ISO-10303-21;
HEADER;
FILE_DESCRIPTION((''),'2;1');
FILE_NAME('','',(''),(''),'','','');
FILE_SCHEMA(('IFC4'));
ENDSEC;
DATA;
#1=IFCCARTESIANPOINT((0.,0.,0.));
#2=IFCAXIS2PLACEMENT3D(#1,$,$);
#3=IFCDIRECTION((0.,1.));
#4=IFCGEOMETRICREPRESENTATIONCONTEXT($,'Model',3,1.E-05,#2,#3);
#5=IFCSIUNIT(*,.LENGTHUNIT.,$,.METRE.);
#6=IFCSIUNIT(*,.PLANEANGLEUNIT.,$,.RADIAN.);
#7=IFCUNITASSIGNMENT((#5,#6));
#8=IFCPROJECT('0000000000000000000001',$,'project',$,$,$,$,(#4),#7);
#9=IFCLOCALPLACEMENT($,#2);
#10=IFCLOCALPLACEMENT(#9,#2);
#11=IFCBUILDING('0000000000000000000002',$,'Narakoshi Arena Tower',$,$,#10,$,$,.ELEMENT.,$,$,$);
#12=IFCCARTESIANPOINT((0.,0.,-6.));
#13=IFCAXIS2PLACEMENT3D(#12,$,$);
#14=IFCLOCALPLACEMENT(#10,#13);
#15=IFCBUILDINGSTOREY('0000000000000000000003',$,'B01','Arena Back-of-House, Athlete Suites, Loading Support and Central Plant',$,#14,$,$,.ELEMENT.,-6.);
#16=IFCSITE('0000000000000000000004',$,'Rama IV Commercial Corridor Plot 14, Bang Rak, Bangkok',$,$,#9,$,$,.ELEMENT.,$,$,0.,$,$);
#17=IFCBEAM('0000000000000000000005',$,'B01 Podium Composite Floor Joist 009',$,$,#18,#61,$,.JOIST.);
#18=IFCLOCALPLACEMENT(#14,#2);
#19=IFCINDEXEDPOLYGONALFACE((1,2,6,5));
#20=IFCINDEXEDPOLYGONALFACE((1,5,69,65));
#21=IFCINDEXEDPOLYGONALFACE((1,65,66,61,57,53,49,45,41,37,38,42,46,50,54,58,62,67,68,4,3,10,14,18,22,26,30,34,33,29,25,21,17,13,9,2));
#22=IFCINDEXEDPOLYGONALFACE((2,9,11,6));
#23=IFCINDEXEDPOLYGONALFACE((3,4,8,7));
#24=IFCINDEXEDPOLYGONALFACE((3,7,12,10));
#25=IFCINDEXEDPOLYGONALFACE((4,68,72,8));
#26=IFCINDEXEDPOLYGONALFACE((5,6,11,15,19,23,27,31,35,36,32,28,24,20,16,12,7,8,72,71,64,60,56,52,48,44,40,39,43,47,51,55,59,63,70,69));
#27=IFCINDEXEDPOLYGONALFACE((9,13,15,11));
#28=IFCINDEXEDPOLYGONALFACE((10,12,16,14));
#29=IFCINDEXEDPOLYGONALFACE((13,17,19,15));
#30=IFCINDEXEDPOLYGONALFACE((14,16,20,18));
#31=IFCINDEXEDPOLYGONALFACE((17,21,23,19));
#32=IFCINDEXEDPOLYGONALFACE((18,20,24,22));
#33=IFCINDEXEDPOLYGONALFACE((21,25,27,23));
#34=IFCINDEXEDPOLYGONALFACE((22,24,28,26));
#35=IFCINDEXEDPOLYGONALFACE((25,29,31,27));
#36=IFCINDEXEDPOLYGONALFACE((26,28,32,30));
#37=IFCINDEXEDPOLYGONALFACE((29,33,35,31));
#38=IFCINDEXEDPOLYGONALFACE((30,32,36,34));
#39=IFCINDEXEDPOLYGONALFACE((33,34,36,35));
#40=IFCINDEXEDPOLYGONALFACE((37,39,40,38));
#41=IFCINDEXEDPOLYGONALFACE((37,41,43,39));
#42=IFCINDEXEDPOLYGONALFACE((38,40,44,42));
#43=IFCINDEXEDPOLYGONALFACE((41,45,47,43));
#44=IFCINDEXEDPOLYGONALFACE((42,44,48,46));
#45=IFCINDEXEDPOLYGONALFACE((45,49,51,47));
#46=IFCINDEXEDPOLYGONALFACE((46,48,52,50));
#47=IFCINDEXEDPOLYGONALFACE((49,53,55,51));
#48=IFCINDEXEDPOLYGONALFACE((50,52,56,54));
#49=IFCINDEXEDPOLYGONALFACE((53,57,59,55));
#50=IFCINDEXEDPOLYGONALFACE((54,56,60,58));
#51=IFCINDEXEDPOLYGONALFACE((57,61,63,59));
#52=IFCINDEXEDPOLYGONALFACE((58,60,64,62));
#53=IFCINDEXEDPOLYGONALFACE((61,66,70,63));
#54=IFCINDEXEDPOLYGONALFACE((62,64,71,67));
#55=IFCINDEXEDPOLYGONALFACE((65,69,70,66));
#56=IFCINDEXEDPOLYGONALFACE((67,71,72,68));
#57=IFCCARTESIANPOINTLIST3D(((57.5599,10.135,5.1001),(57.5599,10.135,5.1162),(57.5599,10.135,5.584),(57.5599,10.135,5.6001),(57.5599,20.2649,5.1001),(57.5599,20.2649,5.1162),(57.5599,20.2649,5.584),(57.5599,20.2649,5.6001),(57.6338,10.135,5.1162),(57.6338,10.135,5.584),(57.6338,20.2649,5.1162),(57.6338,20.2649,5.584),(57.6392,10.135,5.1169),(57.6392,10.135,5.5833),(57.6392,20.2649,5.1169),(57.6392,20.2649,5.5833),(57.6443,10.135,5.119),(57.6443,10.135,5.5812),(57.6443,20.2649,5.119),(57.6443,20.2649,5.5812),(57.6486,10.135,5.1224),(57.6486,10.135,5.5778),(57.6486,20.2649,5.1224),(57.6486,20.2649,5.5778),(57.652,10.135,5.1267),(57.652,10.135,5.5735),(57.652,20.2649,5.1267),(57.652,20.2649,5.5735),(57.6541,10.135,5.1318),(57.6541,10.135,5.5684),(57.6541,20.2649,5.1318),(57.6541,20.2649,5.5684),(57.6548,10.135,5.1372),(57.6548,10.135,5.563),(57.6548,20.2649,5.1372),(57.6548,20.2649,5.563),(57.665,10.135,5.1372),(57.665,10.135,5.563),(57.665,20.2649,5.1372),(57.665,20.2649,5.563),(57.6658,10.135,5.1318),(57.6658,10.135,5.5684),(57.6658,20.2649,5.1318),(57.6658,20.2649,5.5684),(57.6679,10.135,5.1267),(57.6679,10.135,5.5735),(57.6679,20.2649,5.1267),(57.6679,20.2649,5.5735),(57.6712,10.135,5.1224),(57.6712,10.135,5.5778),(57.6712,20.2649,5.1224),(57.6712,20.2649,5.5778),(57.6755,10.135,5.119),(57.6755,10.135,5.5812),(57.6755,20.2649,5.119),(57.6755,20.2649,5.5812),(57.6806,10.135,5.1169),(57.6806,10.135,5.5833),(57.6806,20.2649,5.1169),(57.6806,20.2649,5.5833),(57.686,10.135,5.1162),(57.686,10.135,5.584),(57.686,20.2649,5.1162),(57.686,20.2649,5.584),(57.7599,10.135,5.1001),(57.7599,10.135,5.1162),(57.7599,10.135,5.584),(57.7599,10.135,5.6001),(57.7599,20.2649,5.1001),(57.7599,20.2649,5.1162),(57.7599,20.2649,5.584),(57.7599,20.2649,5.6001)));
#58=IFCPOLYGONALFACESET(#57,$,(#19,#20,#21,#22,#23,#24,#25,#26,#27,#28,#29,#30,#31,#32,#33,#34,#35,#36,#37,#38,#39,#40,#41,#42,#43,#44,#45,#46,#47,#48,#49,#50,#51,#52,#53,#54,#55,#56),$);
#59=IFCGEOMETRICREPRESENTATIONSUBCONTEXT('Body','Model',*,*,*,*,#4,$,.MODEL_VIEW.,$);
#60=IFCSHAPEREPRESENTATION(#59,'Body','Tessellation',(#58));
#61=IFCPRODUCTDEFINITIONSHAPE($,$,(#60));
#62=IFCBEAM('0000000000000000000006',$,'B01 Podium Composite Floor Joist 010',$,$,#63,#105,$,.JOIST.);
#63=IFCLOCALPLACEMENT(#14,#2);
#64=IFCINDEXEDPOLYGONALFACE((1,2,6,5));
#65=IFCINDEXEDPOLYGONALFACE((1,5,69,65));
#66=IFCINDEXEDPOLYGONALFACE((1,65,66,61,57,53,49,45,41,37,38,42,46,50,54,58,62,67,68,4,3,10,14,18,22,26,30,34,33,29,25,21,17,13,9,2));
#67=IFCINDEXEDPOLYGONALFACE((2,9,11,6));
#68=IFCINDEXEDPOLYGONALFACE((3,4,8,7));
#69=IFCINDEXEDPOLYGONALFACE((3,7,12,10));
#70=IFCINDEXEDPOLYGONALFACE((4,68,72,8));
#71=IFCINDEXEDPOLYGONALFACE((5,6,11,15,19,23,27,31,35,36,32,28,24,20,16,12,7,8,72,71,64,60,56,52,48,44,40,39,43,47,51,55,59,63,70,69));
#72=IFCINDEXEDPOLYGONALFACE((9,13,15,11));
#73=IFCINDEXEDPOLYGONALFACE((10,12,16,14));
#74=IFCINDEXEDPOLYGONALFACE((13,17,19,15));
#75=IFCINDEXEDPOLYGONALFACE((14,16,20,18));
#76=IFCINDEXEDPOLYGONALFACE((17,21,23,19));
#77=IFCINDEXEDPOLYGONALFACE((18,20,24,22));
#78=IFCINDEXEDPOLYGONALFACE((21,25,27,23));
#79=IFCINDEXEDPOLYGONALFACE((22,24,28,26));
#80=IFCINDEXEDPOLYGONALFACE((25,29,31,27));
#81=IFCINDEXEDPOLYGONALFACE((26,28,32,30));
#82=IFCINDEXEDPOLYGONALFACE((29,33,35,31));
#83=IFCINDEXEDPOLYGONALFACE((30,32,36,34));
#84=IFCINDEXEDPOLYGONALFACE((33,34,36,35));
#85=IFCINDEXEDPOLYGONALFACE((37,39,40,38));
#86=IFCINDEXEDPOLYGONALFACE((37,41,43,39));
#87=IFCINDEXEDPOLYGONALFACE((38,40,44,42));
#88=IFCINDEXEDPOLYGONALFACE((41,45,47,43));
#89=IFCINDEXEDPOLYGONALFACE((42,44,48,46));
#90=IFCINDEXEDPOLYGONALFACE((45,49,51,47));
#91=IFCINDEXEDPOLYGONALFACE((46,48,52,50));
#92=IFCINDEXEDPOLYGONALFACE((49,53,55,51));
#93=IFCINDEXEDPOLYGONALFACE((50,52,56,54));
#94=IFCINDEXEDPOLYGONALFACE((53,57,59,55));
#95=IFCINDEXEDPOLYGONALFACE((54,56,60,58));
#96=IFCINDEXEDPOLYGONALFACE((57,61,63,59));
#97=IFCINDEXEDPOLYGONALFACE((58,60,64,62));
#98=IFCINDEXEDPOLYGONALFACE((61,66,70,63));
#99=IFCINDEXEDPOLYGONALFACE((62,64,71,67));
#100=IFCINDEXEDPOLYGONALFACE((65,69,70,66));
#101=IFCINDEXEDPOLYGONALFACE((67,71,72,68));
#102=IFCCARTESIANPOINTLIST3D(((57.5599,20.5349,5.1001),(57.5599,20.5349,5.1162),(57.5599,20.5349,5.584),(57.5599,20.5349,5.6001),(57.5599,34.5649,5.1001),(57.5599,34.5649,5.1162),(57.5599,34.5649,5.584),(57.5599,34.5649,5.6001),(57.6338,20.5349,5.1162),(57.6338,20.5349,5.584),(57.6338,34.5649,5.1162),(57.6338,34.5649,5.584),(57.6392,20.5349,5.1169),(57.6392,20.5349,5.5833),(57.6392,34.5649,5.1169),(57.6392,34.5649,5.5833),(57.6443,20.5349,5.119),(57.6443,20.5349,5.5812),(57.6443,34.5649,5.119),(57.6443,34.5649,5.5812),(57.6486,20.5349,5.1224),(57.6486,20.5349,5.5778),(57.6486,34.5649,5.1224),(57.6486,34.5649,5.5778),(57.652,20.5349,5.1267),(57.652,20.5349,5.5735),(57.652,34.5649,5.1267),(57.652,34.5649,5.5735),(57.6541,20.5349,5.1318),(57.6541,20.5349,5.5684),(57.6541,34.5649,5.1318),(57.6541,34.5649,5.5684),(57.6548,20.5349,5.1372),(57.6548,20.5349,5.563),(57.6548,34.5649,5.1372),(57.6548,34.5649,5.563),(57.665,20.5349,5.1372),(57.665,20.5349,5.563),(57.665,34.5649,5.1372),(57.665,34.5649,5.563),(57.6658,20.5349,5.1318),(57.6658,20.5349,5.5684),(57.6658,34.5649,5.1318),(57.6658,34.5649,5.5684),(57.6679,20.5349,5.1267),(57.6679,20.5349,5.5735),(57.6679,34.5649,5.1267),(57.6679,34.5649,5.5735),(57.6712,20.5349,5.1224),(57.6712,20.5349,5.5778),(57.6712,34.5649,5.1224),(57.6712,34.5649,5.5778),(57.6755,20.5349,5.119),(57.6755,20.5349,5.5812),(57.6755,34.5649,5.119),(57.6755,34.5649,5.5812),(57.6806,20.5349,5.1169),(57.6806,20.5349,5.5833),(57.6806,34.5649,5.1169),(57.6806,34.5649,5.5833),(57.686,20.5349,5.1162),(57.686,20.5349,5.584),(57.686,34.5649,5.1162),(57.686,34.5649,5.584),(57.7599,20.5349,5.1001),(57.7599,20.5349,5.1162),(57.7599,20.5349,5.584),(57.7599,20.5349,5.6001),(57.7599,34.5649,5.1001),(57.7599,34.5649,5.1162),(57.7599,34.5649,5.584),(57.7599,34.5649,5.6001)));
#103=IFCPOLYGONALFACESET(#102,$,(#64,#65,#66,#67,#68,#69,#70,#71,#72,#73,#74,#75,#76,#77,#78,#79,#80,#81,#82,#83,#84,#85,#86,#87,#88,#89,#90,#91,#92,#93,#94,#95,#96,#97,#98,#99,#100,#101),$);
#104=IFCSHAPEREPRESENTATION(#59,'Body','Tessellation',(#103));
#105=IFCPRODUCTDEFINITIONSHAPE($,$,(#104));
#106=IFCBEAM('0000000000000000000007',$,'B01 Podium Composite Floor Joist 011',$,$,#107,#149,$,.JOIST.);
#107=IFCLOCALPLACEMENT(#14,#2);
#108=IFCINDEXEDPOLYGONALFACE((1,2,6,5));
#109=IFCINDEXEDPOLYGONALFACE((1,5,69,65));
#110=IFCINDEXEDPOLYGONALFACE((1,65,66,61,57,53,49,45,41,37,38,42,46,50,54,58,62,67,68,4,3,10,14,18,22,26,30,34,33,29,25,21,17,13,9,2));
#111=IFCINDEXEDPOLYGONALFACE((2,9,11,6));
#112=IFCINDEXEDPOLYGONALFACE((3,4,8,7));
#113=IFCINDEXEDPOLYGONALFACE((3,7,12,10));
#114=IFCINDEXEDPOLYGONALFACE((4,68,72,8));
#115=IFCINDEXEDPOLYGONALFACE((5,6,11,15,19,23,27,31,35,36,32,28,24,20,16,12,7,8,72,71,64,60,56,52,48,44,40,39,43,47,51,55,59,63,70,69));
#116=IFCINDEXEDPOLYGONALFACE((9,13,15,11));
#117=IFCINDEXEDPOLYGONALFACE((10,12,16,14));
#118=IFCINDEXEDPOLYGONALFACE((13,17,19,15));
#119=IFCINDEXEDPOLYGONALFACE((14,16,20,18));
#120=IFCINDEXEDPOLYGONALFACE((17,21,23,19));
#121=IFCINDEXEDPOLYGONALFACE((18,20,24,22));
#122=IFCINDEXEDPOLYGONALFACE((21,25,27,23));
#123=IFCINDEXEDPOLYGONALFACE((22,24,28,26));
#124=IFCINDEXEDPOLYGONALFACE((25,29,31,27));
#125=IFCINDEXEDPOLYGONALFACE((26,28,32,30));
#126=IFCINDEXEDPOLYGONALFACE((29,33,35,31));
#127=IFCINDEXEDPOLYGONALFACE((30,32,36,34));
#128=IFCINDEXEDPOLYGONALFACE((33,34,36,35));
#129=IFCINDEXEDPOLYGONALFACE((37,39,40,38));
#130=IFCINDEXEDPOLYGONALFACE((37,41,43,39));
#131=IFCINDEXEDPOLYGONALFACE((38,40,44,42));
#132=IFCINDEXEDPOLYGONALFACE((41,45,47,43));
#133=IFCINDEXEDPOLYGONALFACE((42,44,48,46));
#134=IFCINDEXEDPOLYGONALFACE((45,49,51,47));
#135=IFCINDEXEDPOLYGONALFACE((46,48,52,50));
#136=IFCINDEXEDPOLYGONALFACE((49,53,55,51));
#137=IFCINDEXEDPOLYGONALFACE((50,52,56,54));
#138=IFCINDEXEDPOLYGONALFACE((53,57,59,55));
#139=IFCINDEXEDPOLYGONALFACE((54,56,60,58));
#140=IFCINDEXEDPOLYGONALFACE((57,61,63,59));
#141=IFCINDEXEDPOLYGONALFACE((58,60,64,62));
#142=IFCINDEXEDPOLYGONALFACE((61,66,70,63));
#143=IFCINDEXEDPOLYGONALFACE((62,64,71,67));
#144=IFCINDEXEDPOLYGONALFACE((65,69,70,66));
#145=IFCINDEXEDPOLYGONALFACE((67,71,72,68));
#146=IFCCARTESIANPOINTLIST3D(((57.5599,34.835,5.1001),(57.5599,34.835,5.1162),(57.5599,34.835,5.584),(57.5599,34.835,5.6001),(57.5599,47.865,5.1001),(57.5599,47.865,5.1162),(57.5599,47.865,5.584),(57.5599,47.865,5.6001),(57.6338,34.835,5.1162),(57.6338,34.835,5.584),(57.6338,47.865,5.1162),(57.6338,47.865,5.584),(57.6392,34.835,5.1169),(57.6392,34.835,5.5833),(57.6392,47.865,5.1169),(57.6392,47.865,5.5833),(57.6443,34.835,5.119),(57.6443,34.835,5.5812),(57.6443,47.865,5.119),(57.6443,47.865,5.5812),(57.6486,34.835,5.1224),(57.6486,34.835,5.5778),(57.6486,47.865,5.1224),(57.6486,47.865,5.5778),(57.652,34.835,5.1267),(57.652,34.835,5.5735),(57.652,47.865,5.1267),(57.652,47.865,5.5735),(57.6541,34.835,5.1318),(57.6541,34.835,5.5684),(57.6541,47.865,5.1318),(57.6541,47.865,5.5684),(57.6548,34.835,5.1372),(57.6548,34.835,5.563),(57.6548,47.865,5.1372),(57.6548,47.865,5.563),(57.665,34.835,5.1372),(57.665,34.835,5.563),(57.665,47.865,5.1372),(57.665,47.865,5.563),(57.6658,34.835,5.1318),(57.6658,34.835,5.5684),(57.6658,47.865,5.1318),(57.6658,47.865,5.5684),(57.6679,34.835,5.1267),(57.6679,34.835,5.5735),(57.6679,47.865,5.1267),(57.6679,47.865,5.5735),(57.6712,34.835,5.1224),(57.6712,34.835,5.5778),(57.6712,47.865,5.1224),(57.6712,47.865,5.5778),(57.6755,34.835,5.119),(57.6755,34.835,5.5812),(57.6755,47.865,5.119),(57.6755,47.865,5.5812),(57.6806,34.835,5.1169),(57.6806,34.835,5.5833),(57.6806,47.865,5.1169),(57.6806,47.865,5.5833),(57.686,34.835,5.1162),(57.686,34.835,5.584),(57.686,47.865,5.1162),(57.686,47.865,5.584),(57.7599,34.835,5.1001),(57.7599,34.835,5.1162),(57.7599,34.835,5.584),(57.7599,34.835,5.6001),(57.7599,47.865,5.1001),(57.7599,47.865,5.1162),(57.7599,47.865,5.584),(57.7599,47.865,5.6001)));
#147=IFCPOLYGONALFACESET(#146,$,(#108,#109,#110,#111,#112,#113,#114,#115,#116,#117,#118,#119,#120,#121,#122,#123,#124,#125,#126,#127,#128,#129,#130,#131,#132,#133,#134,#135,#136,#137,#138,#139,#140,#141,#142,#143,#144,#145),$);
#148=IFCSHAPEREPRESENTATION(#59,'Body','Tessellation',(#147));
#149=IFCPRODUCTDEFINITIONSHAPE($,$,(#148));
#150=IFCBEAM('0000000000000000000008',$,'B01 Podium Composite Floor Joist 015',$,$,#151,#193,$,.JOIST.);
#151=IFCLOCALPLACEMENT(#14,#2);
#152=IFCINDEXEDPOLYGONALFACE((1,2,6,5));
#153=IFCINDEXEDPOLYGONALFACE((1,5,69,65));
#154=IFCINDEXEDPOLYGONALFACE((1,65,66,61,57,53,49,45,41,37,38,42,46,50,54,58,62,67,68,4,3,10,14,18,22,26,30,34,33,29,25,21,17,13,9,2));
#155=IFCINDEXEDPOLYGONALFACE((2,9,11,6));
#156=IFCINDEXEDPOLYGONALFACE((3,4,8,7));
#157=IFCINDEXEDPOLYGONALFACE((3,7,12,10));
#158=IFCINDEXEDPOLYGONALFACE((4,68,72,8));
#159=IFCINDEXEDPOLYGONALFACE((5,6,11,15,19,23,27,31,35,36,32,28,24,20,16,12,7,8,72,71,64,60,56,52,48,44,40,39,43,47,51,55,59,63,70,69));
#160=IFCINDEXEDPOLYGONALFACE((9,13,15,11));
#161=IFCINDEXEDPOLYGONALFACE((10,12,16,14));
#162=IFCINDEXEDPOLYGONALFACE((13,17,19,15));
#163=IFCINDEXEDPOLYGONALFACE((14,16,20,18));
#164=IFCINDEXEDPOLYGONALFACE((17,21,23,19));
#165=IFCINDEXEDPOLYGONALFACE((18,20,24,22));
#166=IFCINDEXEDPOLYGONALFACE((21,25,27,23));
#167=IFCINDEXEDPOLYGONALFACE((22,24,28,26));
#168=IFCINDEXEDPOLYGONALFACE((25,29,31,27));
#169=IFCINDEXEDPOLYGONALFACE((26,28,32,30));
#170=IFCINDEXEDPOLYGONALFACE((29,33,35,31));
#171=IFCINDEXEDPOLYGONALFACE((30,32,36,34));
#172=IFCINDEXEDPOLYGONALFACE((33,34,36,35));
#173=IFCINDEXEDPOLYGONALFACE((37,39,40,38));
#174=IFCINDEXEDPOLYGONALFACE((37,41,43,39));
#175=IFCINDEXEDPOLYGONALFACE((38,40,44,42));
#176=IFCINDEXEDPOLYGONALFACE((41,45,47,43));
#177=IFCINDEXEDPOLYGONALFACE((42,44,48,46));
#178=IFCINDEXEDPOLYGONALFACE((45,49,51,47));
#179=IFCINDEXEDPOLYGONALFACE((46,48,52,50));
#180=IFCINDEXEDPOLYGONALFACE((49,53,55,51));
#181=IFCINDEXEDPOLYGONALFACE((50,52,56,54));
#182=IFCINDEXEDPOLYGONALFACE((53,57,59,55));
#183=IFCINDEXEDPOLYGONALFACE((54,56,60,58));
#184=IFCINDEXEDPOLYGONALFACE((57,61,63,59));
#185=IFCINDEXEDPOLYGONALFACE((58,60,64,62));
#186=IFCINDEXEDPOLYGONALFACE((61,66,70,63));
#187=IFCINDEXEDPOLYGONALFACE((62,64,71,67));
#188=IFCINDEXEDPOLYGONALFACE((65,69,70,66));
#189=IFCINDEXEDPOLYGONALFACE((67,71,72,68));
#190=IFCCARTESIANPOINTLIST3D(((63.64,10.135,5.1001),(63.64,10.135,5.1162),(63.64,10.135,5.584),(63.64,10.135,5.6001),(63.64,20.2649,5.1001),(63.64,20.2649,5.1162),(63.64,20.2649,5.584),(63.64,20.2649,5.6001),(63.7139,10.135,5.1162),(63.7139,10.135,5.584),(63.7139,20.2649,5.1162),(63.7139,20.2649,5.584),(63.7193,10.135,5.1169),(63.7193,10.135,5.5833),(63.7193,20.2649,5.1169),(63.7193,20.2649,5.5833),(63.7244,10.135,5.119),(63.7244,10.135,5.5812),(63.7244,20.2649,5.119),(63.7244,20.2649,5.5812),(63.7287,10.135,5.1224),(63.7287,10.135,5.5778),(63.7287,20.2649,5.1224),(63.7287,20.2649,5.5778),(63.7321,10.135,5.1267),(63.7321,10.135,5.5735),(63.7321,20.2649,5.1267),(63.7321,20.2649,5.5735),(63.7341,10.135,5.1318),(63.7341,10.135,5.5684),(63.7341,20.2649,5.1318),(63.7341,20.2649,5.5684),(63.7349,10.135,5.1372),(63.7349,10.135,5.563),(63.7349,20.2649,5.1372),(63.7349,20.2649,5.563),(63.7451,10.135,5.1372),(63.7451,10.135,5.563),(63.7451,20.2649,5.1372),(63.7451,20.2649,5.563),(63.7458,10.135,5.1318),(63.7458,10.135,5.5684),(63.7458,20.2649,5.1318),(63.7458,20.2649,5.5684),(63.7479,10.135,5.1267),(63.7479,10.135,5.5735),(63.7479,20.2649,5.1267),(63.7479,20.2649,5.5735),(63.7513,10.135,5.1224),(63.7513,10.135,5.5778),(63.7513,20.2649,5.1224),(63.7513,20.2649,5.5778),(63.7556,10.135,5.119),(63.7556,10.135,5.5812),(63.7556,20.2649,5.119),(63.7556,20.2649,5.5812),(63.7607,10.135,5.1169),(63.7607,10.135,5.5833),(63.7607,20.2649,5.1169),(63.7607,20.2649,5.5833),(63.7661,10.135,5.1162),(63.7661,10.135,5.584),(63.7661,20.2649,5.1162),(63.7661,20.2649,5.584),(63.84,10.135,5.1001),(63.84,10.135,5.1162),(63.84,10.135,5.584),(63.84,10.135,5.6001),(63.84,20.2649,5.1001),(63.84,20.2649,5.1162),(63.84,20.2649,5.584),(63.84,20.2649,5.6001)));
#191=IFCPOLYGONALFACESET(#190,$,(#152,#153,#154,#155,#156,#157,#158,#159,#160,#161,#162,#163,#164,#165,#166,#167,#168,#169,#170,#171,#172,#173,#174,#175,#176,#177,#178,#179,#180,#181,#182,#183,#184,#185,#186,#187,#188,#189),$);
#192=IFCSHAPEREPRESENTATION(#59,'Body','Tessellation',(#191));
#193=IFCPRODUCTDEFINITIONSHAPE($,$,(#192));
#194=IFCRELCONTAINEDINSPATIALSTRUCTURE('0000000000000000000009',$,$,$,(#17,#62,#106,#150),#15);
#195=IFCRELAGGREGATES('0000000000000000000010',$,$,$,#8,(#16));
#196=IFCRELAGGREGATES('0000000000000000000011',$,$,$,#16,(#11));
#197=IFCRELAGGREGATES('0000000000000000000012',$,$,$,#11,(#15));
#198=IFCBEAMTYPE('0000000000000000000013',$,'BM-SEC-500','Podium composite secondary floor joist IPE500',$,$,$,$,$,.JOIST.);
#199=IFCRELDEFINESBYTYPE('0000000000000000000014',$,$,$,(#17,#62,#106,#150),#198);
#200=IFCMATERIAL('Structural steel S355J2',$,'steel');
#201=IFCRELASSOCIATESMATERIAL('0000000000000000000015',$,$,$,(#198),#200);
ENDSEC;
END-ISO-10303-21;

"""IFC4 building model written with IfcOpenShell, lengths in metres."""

from ifc_helpers import new_model, si_unit, direction, frame, origin, origin_2d, place, context, subcontext, project, spatial, i_section, extrude, material, material_profile, profile_set, type_object, element, save


model = new_model("IFC4")

# Units and contexts
model_context = context("Model", 3, precision=1e-05, world=origin(), true_north=direction((0.0, 1.0)))
body_context = subcontext(model_context, "Body", "Model", "MODEL_VIEW")
ifc_project = project(units=[si_unit("LENGTHUNIT", "METRE"), si_unit("PLANEANGLEUNIT", "RADIAN")], contexts=[model_context])

# Site, building, storey
site_placement = place(None, origin())
site = spatial("IfcSite", under=ifc_project, at=site_placement, Name="Rama IV Commercial Corridor Plot 14, Bang Rak, Bangkok", CompositionType="ELEMENT", RefElevation=0.0)
building_placement = place(site_placement, origin())
building = spatial("IfcBuilding", under=site, at=building_placement, Name="Narakoshi Arena Tower", CompositionType="ELEMENT")
storey_placement = place(building_placement, frame((0.0, 0.0, -6.0)))
storey = spatial("IfcBuildingStorey", under=building, at=storey_placement, Name="B01", Description="Arena Back-of-House, Athlete Suites, Loading Support and Central Plant", CompositionType="ELEMENT", Elevation=-6.0)

# Beams
ifc_material_1 = material(Name="Structural steel S355J2", Category="steel")
ifc_material_profile_1 = material_profile(ifc_material_1, i_section(OverallWidth=0.2, OverallDepth=0.5, WebThickness=0.0103, FlangeThickness=0.0161, FilletRadius=0.021, at=origin_2d()), Name="IPE500")
ifc_profile_set_1 = profile_set([ifc_material_profile_1], Name="Structural steel S355J2")
beam_type_1 = type_object("IfcBeamType", Name="BM-SEC-500", Description="Podium composite secondary floor joist IPE500", PredefinedType="JOIST", material=ifc_profile_set_1)
beam_1_placement = place(storey_placement, frame((57.6599, 10.135, 5.3501), z_axis=(0.0, 1.0, 0.0), x_axis=(-1.0, 0.0, 0.0)))
element("IfcBeam", 1, at=beam_1_placement, inside=storey, type_object=beam_type_1, Name="B01 Podium Composite Floor Joist 009", PredefinedType="JOIST", context=body_context, shape_type="SweptSolid", body=[
    extrude(i_section(OverallWidth=0.2, OverallDepth=0.5, WebThickness=0.0103, FlangeThickness=0.0161, FilletRadius=0.021, at=origin_2d()), origin(), (0.0, 0.0, 1.0), 10.1299),
])
beam_2_placement = place(storey_placement, frame((57.6599, 20.5349, 5.3501), z_axis=(0.0, 1.0, 0.0), x_axis=(-1.0, 0.0, 0.0)))
element("IfcBeam", 2, at=beam_2_placement, inside=storey, type_object=beam_type_1, Name="B01 Podium Composite Floor Joist 010", PredefinedType="JOIST", context=body_context, shape_type="SweptSolid", body=[
    extrude(i_section(OverallWidth=0.2, OverallDepth=0.5, WebThickness=0.0103, FlangeThickness=0.0161, FilletRadius=0.021, at=origin_2d()), origin(), (0.0, 0.0, 1.0), 14.03),
])
beam_3_placement = place(storey_placement, frame((57.6599, 34.835, 5.3501), z_axis=(0.0, 1.0, 0.0), x_axis=(-1.0, 0.0, 0.0)))
element("IfcBeam", 3, at=beam_3_placement, inside=storey, type_object=beam_type_1, Name="B01 Podium Composite Floor Joist 011", PredefinedType="JOIST", context=body_context, shape_type="SweptSolid", body=[
    extrude(i_section(OverallWidth=0.2, OverallDepth=0.5, WebThickness=0.0103, FlangeThickness=0.0161, FilletRadius=0.021, at=origin_2d()), origin(), (0.0, 0.0, 1.0), 13.03),
])
beam_4_placement = place(storey_placement, frame((63.74, 10.135, 5.3501), z_axis=(0.0, 1.0, 0.0), x_axis=(-1.0, 0.0, 0.0)))
element("IfcBeam", 4, at=beam_4_placement, inside=storey, type_object=beam_type_1, Name="B01 Podium Composite Floor Joist 015", PredefinedType="JOIST", context=body_context, shape_type="SweptSolid", body=[
    extrude(i_section(OverallWidth=0.2, OverallDepth=0.5, WebThickness=0.0103, FlangeThickness=0.0161, FilletRadius=0.021, at=origin_2d()), origin(), (0.0, 0.0, 1.0), 10.1299),
])

save(model, "model.ifc")
